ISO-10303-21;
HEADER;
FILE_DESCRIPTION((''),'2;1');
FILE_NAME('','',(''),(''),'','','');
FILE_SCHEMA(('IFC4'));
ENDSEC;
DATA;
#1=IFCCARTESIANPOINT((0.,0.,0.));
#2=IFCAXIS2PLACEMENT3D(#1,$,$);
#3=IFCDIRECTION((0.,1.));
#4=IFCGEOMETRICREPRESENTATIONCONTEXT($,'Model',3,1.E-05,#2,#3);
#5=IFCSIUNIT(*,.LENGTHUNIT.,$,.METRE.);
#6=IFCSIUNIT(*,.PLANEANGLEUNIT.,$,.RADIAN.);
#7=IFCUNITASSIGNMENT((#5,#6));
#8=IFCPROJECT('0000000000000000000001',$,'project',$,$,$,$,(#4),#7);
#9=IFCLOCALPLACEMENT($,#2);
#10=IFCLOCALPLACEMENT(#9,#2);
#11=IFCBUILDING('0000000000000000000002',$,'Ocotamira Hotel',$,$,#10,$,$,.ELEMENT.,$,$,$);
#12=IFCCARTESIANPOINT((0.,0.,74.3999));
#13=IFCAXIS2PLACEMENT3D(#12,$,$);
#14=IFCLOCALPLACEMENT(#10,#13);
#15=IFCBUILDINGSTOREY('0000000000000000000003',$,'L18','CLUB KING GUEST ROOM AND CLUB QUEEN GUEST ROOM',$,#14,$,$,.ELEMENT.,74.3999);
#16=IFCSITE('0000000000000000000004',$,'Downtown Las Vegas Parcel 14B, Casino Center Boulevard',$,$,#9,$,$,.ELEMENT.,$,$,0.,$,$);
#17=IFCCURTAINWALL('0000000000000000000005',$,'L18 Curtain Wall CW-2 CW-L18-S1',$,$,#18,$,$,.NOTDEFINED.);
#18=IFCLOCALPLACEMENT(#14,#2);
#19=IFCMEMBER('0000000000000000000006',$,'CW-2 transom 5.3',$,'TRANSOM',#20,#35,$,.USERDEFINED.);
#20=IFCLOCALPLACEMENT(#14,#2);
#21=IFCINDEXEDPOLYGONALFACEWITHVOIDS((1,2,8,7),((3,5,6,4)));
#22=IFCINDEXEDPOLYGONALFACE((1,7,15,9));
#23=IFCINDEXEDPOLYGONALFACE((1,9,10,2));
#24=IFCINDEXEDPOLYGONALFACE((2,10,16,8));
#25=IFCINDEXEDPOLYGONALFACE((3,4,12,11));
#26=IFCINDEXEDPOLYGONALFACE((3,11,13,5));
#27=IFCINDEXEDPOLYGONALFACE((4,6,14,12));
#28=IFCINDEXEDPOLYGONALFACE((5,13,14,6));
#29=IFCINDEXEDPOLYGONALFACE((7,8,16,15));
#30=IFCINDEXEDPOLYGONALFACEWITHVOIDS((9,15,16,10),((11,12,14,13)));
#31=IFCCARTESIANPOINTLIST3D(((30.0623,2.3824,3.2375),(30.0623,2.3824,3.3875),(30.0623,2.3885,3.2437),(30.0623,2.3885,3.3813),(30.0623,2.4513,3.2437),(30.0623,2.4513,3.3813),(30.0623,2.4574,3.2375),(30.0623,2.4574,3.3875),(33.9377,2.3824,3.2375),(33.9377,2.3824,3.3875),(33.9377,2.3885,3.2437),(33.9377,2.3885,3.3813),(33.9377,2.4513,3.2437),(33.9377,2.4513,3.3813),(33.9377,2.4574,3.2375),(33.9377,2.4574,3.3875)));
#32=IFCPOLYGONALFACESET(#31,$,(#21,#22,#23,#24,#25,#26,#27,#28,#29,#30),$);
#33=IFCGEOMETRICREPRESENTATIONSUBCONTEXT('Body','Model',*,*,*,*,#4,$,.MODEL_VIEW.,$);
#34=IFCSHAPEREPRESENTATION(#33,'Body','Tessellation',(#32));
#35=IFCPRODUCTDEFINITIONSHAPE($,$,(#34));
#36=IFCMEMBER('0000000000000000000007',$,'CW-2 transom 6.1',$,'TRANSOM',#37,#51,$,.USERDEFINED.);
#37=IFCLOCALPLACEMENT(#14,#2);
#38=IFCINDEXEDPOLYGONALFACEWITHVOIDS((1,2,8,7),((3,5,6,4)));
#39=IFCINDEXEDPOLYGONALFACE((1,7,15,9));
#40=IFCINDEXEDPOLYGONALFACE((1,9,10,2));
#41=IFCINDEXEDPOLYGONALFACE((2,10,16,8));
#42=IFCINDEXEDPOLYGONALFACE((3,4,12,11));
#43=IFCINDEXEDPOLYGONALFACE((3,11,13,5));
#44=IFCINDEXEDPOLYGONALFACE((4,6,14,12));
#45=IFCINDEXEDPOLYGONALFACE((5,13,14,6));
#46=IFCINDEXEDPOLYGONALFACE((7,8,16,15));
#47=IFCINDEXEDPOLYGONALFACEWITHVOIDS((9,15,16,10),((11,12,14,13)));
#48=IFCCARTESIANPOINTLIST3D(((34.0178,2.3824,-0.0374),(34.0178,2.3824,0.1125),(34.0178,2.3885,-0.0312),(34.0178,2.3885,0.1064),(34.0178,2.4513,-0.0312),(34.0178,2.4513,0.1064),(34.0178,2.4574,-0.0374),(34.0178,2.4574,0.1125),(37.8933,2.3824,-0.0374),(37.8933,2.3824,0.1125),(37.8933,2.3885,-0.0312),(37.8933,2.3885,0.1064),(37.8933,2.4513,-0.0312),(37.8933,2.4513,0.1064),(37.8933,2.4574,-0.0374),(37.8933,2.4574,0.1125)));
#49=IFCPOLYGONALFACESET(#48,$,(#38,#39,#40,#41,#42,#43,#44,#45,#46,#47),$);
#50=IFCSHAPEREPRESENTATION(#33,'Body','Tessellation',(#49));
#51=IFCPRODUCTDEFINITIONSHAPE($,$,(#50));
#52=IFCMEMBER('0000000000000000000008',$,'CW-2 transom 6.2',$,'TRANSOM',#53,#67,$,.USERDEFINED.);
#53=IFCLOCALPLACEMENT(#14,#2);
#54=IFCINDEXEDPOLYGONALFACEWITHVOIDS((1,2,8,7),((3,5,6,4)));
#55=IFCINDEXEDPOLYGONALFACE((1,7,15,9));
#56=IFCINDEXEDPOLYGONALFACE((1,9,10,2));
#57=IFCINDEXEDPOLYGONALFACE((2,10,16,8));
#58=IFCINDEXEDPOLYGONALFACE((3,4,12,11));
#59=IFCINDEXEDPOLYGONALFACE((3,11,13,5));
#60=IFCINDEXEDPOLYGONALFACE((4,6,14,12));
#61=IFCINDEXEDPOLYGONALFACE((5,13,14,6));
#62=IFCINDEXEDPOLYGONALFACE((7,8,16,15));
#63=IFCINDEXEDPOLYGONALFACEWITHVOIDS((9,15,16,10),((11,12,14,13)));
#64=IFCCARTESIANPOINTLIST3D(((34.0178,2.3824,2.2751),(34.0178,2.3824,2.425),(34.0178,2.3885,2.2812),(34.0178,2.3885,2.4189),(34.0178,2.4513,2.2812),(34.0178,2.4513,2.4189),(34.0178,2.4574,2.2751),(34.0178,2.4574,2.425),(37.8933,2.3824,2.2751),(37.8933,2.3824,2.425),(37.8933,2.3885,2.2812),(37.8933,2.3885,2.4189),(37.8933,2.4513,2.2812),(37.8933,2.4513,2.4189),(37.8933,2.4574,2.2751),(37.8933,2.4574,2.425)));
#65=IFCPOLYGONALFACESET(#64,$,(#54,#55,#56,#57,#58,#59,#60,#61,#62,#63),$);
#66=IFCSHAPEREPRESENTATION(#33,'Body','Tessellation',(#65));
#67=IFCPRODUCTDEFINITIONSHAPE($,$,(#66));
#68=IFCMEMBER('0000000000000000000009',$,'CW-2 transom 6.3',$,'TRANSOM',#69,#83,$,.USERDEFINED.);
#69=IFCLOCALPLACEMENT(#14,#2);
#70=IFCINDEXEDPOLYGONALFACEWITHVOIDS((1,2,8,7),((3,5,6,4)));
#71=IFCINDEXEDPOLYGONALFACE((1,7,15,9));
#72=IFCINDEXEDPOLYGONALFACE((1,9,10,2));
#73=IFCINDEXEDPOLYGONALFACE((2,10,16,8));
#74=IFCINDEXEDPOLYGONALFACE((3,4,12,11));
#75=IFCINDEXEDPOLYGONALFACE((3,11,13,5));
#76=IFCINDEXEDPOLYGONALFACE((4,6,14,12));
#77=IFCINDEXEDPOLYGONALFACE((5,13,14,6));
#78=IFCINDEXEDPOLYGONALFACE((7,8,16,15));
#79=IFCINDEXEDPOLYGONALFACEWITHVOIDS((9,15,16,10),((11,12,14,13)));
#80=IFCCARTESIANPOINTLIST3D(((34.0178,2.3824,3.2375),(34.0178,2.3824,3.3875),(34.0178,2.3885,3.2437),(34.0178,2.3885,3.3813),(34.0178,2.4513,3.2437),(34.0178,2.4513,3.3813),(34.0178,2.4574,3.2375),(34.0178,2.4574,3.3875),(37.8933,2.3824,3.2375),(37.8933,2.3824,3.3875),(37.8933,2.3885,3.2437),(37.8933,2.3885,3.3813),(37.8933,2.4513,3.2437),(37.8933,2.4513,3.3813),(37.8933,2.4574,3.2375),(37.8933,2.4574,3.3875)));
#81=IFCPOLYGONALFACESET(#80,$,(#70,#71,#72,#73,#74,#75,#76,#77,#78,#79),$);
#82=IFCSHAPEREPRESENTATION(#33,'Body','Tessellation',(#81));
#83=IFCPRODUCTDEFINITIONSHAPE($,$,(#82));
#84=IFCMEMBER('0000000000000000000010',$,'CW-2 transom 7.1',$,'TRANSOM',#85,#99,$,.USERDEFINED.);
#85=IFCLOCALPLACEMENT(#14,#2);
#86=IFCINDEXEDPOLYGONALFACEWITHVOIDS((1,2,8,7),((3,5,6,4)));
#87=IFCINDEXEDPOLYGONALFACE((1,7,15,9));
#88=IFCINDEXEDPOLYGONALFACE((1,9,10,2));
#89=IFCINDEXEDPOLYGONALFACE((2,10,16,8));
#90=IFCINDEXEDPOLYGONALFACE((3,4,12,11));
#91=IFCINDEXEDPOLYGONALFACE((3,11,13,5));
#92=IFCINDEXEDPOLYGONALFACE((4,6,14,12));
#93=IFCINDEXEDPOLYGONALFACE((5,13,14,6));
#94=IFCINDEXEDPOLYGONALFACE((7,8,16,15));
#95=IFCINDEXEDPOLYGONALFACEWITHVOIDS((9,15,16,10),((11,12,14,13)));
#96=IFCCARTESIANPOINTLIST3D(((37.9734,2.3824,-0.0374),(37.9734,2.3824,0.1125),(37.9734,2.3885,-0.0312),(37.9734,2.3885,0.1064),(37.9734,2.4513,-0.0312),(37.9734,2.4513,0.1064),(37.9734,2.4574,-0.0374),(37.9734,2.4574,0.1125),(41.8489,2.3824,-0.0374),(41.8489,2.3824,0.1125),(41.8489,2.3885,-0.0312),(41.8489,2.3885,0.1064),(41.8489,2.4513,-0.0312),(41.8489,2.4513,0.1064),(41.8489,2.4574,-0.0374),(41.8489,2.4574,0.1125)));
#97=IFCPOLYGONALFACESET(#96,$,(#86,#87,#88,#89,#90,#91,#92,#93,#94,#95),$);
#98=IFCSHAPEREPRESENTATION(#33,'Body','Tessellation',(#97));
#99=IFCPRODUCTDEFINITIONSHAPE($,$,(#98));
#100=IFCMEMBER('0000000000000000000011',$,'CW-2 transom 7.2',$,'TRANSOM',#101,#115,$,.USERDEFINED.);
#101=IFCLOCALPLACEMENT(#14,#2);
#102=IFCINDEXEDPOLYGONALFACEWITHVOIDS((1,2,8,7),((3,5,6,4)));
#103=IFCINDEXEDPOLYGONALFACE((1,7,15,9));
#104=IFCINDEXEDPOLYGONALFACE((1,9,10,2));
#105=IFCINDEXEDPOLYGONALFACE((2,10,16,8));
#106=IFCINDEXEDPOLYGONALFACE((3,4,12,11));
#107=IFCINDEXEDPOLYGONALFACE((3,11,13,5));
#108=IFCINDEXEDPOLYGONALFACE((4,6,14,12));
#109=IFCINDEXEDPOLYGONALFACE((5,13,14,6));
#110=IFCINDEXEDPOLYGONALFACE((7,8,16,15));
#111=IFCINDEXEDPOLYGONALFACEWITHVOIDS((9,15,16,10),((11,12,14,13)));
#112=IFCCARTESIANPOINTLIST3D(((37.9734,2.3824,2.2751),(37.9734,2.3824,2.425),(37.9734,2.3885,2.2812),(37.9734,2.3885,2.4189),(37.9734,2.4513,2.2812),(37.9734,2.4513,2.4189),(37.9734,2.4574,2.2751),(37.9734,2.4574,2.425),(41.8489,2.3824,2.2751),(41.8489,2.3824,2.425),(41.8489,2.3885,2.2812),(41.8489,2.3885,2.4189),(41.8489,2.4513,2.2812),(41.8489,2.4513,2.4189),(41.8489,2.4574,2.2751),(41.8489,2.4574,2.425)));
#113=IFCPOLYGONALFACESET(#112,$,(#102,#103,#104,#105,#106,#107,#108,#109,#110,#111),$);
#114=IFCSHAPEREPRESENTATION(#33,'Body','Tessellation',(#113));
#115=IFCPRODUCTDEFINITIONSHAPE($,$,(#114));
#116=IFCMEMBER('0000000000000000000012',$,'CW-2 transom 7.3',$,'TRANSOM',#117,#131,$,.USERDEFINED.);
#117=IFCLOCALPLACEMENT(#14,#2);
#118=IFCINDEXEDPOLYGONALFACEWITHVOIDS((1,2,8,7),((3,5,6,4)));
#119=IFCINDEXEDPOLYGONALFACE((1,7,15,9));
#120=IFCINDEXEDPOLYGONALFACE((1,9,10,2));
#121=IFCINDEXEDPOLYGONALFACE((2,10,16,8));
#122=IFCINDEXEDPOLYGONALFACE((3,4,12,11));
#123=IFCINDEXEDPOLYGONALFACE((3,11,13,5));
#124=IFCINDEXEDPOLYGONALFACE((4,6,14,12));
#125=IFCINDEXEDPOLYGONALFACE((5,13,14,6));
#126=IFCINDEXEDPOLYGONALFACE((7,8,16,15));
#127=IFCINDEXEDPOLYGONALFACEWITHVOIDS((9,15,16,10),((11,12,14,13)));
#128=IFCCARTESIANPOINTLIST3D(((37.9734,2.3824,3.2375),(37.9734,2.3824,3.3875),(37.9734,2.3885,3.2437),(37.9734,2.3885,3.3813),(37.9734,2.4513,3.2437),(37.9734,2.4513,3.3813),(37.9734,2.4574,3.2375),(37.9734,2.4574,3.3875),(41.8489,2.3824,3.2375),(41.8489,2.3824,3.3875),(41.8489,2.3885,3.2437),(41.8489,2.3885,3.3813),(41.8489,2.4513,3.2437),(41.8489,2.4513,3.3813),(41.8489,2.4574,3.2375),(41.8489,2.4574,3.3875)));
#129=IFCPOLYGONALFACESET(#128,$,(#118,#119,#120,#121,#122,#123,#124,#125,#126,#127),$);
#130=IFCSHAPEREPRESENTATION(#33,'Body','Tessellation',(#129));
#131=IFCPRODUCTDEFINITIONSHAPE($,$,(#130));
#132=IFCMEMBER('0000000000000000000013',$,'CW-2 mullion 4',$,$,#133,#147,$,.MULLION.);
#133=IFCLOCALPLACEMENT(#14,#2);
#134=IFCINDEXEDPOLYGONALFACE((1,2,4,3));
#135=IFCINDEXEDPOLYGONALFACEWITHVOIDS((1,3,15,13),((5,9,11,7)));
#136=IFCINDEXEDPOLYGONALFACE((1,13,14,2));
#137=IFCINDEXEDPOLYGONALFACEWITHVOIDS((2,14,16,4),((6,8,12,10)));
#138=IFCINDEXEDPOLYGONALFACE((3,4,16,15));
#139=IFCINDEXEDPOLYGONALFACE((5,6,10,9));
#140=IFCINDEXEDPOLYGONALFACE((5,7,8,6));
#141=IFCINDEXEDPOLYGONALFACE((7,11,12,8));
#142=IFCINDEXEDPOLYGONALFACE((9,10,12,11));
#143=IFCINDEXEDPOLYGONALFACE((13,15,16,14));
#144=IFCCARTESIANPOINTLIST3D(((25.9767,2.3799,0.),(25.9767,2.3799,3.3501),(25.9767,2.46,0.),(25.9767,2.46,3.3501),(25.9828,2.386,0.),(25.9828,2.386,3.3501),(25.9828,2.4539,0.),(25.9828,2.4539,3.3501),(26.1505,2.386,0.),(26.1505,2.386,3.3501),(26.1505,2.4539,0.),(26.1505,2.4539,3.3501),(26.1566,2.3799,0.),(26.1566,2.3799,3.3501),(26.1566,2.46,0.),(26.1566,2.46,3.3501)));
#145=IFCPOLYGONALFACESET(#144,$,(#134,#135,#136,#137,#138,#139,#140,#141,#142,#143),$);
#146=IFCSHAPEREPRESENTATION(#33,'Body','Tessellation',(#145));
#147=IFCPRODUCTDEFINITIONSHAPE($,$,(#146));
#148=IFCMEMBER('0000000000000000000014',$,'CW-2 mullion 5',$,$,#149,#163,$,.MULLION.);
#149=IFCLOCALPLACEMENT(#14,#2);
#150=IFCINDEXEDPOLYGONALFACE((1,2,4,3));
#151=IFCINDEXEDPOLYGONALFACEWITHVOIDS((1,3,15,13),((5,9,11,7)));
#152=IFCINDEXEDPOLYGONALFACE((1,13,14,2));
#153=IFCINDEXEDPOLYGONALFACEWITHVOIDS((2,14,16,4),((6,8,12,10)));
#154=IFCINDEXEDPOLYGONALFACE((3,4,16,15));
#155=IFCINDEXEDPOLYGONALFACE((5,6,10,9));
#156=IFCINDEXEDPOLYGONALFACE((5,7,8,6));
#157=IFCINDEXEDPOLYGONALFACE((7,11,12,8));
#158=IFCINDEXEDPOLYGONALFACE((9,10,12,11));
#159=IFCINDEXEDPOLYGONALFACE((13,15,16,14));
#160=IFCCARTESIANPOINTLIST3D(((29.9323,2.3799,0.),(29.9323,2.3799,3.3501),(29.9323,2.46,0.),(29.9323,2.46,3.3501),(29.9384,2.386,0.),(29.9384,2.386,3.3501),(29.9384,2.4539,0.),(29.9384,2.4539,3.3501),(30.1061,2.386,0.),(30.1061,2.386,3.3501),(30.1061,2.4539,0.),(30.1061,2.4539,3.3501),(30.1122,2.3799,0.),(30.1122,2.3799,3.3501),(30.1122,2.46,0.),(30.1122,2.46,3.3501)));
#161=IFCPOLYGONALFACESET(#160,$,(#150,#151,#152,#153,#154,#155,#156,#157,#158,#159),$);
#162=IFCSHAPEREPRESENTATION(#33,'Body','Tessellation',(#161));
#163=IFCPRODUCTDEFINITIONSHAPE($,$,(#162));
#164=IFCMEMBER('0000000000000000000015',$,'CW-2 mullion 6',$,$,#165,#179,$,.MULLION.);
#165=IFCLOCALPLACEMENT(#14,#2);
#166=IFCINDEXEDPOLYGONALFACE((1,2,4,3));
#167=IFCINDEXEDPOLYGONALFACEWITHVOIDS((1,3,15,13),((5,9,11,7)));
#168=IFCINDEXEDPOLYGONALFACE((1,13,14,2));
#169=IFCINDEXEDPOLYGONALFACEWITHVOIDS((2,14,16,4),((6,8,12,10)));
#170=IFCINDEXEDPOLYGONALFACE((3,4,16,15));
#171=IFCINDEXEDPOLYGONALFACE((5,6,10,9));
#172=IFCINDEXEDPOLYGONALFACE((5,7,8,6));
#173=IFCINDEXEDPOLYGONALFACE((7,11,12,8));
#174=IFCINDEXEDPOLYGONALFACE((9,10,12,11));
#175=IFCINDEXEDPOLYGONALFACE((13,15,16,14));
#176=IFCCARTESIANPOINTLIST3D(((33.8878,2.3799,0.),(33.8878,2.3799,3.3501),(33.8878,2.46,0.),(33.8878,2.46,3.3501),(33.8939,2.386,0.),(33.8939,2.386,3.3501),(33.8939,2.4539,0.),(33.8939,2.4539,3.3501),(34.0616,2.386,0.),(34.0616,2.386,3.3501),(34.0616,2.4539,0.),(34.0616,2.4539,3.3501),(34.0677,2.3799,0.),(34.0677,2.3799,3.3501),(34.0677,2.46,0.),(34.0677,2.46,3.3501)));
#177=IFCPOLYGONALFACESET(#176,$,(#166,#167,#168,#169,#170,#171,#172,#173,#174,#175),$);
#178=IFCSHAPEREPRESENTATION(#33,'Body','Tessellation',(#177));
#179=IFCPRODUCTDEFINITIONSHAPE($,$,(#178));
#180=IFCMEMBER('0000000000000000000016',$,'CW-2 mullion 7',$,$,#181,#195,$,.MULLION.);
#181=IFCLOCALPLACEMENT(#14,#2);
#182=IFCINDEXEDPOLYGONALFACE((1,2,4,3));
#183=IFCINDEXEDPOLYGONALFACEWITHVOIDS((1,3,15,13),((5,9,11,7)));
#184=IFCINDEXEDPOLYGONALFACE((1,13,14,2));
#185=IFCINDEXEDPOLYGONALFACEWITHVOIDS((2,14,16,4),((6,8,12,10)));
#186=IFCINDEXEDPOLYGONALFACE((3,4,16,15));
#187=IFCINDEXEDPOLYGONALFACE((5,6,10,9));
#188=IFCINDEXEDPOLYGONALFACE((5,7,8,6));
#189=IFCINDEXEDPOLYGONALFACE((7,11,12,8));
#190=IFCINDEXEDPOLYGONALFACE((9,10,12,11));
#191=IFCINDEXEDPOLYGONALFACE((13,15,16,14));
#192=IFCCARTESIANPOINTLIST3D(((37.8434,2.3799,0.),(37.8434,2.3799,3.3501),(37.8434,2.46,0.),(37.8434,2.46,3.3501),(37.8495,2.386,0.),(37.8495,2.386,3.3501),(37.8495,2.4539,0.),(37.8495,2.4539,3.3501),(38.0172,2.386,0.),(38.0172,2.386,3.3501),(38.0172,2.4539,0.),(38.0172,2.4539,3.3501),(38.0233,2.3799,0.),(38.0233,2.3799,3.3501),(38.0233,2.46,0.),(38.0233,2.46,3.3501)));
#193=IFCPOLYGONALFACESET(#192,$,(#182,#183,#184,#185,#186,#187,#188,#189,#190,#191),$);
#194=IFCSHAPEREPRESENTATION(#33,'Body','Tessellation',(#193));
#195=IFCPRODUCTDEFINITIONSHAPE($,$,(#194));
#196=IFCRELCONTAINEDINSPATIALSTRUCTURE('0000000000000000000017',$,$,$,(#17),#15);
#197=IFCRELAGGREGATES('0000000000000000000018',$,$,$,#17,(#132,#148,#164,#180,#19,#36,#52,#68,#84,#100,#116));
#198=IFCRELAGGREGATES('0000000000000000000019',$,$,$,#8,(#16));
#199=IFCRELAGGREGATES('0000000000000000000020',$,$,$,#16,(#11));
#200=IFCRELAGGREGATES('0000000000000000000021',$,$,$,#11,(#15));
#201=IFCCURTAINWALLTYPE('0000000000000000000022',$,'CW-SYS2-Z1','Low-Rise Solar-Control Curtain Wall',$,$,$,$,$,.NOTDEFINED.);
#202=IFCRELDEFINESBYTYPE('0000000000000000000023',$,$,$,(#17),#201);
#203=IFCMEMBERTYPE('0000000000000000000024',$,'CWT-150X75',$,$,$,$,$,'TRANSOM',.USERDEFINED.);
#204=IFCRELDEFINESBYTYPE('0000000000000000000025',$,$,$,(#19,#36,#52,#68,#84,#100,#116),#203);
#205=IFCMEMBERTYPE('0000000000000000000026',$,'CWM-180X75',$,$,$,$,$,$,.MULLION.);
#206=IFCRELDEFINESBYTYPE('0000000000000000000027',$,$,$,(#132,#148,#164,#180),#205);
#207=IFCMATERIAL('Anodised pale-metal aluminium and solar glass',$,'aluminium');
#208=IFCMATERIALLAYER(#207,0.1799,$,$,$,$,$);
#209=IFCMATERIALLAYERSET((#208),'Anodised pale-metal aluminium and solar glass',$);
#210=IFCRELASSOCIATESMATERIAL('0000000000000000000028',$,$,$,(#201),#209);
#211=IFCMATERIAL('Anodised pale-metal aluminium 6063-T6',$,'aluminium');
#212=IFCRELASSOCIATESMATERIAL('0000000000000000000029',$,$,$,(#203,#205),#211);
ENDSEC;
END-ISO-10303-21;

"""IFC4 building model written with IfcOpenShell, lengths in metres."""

from ifc_helpers import new_model, si_unit, direction, frame, origin, origin_2d, place, context, subcontext, project, spatial, hollow_rectangle, extrude, source, transform, mapped, material, layer, layer_set, material_profile, profile_set, type_object, element, aggregate, save


model = new_model("IFC4")

# Units and contexts
model_context = context("Model", 3, precision=1e-05, world=origin(), true_north=direction((0.0, 1.0)))
body_context = subcontext(model_context, "Body", "Model", "MODEL_VIEW")
ifc_project = project(units=[si_unit("LENGTHUNIT", "METRE"), si_unit("PLANEANGLEUNIT", "RADIAN")], contexts=[model_context])

# Site, building, storey
site_placement = place(None, origin())
site = spatial("IfcSite", under=ifc_project, at=site_placement, Name="Downtown Las Vegas Parcel 14B, Casino Center Boulevard", CompositionType="ELEMENT", RefElevation=0.0)
building_placement = place(site_placement, origin())
building = spatial("IfcBuilding", under=site, at=building_placement, Name="Ocotamira Hotel", CompositionType="ELEMENT")
storey_placement = place(building_placement, frame((0.0, 0.0, 74.3999)))
storey = spatial("IfcBuildingStorey", under=building, at=storey_placement, Name="L18", Description="CLUB KING GUEST ROOM AND CLUB QUEEN GUEST ROOM", CompositionType="ELEMENT", Elevation=74.3999)

# Curtain wall, members
ifc_material_1 = material(Name="Anodised pale-metal aluminium and solar glass", Category="aluminium")
ifc_layer_1 = layer(ifc_material_1, 0.1799)
ifc_layer_set_1 = layer_set([ifc_layer_1], Name="Anodised pale-metal aluminium and solar glass")
curtain_wall_type = type_object("IfcCurtainWallType", Name="CW-SYS2-Z1", Description="Low-Rise Solar-Control Curtain Wall", PredefinedType="NOTDEFINED", material=ifc_layer_set_1)
curtain_wall_placement = place(storey_placement, origin())
curtain_wall = element("IfcCurtainWall", 1, at=curtain_wall_placement, inside=storey, type_object=curtain_wall_type, Name="L18 Curtain Wall CW-2 CW-L18-S1", PredefinedType="NOTDEFINED")
ifc_material_2 = material(Name="Anodised pale-metal aluminium 6063-T6", Category="aluminium")
ifc_material_profile_1 = material_profile(ifc_material_2, hollow_rectangle(XDim=0.075, YDim=0.1499, WallThickness=0.0061, at=origin_2d()), Name="HSS150X75X6")
ifc_profile_set_1 = profile_set([ifc_material_profile_1], Name="Anodised pale-metal aluminium 6063-T6")
member_type_1 = type_object("IfcMemberType", Name="CWT-150X75", ElementType="TRANSOM", PredefinedType="USERDEFINED", material=ifc_profile_set_1)
shared_shape_1 = source(origin(), body_context, "Body", "SweptSolid", [
    extrude(hollow_rectangle(XDim=0.075, YDim=0.1499, WallThickness=0.0061, at=origin_2d()), origin(), (0.0, 0.0, 1.0), 3.8755),
])
member_1_placement = place(storey_placement, frame((30.0623, 2.4199, 3.3125), z_axis=(1.0, 0.0, 0.0), x_axis=(0.0, 1.0, 0.0)))
member_1 = element("IfcMember", 2, at=member_1_placement, type_object=member_type_1, Name="CW-2 transom 5.3", ObjectType="TRANSOM", PredefinedType="USERDEFINED", context=body_context, shape_type="MappedRepresentation", body=[
    mapped(shared_shape_1, transform((0.0, 0.0, 0.0), scale=1.0)),
])
member_2_placement = place(storey_placement, frame((34.0178, 2.4199, 0.0376), z_axis=(1.0, 0.0, 0.0), x_axis=(0.0, 1.0, 0.0)))
member_2 = element("IfcMember", 3, at=member_2_placement, type_object=member_type_1, Name="CW-2 transom 6.1", ObjectType="TRANSOM", PredefinedType="USERDEFINED", context=body_context, shape_type="MappedRepresentation", body=[
    mapped(shared_shape_1, transform((0.0, 0.0, 0.0), scale=1.0)),
])
member_3_placement = place(storey_placement, frame((34.0178, 2.4199, 2.3501), z_axis=(1.0, 0.0, 0.0), x_axis=(0.0, 1.0, 0.0)))
member_3 = element("IfcMember", 4, at=member_3_placement, type_object=member_type_1, Name="CW-2 transom 6.2", ObjectType="TRANSOM", PredefinedType="USERDEFINED", context=body_context, shape_type="MappedRepresentation", body=[
    mapped(shared_shape_1, transform((0.0, 0.0, 0.0), scale=1.0)),
])
member_4_placement = place(storey_placement, frame((34.0178, 2.4199, 3.3125), z_axis=(1.0, 0.0, 0.0), x_axis=(0.0, 1.0, 0.0)))
member_4 = element("IfcMember", 5, at=member_4_placement, type_object=member_type_1, Name="CW-2 transom 6.3", ObjectType="TRANSOM", PredefinedType="USERDEFINED", context=body_context, shape_type="MappedRepresentation", body=[
    mapped(shared_shape_1, transform((0.0, 0.0, 0.0), scale=1.0)),
])
member_5_placement = place(storey_placement, frame((37.9734, 2.4199, 0.0376), z_axis=(1.0, 0.0, 0.0), x_axis=(0.0, 1.0, 0.0)))
member_5 = element("IfcMember", 6, at=member_5_placement, type_object=member_type_1, Name="CW-2 transom 7.1", ObjectType="TRANSOM", PredefinedType="USERDEFINED", context=body_context, shape_type="MappedRepresentation", body=[
    mapped(shared_shape_1, transform((0.0, 0.0, 0.0), scale=1.0)),
])
member_6_placement = place(storey_placement, frame((37.9734, 2.4199, 2.3501), z_axis=(1.0, 0.0, 0.0), x_axis=(0.0, 1.0, 0.0)))
member_6 = element("IfcMember", 7, at=member_6_placement, type_object=member_type_1, Name="CW-2 transom 7.2", ObjectType="TRANSOM", PredefinedType="USERDEFINED", context=body_context, shape_type="MappedRepresentation", body=[
    mapped(shared_shape_1, transform((0.0, 0.0, 0.0), scale=1.0)),
])
member_7_placement = place(storey_placement, frame((37.9734, 2.4199, 3.3125), z_axis=(1.0, 0.0, 0.0), x_axis=(0.0, 1.0, 0.0)))
member_7 = element("IfcMember", 8, at=member_7_placement, type_object=member_type_1, Name="CW-2 transom 7.3", ObjectType="TRANSOM", PredefinedType="USERDEFINED", context=body_context, shape_type="MappedRepresentation", body=[
    mapped(shared_shape_1, transform((0.0, 0.0, 0.0), scale=1.0)),
])
ifc_material_profile_2 = material_profile(ifc_material_2, hollow_rectangle(XDim=0.0801, YDim=0.1799, WallThickness=0.0061, at=origin_2d()), Name="HSS180X80X6")
ifc_profile_set_2 = profile_set([ifc_material_profile_2], Name="Anodised pale-metal aluminium 6063-T6")
member_type_2 = type_object("IfcMemberType", Name="CWM-180X75", PredefinedType="MULLION", material=ifc_profile_set_2)
shared_shape_2 = source(origin(), body_context, "Body", "SweptSolid", [
    extrude(hollow_rectangle(XDim=0.0801, YDim=0.1799, WallThickness=0.0061, at=origin_2d()), origin(), (0.0, 0.0, 1.0), 3.3501),
])
member_8_placement = place(storey_placement, frame((26.0667, 2.4199, 0.0), z_axis=(0.0, 0.0, 1.0), x_axis=(0.0, 1.0, 0.0)))
member_8 = element("IfcMember", 9, at=member_8_placement, type_object=member_type_2, Name="CW-2 mullion 4", PredefinedType="MULLION", context=body_context, shape_type="MappedRepresentation", body=[
    mapped(shared_shape_2, transform((0.0, 0.0, 0.0), scale=1.0)),
])
member_9_placement = place(storey_placement, frame((30.0222, 2.4199, 0.0), z_axis=(0.0, 0.0, 1.0), x_axis=(0.0, 1.0, 0.0)))
member_9 = element("IfcMember", 10, at=member_9_placement, type_object=member_type_2, Name="CW-2 mullion 5", PredefinedType="MULLION", context=body_context, shape_type="MappedRepresentation", body=[
    mapped(shared_shape_2, transform((0.0, 0.0, 0.0), scale=1.0)),
])
member_10_placement = place(storey_placement, frame((33.9778, 2.4199, 0.0), z_axis=(0.0, 0.0, 1.0), x_axis=(0.0, 1.0, 0.0)))
member_10 = element("IfcMember", 11, at=member_10_placement, type_object=member_type_2, Name="CW-2 mullion 6", PredefinedType="MULLION", context=body_context, shape_type="MappedRepresentation", body=[
    mapped(shared_shape_2, transform((0.0, 0.0, 0.0), scale=1.0)),
])
member_11_placement = place(storey_placement, frame((37.9333, 2.4199, 0.0), z_axis=(0.0, 0.0, 1.0), x_axis=(0.0, 1.0, 0.0)))
member_11 = element("IfcMember", 12, at=member_11_placement, type_object=member_type_2, Name="CW-2 mullion 7", PredefinedType="MULLION", context=body_context, shape_type="MappedRepresentation", body=[
    mapped(shared_shape_2, transform((0.0, 0.0, 0.0), scale=1.0)),
])

aggregate(curtain_wall, [member_8, member_9, member_10, member_11, member_1, member_2, member_3, member_4, member_5, member_6, member_7])

save(model, "model.ifc")
